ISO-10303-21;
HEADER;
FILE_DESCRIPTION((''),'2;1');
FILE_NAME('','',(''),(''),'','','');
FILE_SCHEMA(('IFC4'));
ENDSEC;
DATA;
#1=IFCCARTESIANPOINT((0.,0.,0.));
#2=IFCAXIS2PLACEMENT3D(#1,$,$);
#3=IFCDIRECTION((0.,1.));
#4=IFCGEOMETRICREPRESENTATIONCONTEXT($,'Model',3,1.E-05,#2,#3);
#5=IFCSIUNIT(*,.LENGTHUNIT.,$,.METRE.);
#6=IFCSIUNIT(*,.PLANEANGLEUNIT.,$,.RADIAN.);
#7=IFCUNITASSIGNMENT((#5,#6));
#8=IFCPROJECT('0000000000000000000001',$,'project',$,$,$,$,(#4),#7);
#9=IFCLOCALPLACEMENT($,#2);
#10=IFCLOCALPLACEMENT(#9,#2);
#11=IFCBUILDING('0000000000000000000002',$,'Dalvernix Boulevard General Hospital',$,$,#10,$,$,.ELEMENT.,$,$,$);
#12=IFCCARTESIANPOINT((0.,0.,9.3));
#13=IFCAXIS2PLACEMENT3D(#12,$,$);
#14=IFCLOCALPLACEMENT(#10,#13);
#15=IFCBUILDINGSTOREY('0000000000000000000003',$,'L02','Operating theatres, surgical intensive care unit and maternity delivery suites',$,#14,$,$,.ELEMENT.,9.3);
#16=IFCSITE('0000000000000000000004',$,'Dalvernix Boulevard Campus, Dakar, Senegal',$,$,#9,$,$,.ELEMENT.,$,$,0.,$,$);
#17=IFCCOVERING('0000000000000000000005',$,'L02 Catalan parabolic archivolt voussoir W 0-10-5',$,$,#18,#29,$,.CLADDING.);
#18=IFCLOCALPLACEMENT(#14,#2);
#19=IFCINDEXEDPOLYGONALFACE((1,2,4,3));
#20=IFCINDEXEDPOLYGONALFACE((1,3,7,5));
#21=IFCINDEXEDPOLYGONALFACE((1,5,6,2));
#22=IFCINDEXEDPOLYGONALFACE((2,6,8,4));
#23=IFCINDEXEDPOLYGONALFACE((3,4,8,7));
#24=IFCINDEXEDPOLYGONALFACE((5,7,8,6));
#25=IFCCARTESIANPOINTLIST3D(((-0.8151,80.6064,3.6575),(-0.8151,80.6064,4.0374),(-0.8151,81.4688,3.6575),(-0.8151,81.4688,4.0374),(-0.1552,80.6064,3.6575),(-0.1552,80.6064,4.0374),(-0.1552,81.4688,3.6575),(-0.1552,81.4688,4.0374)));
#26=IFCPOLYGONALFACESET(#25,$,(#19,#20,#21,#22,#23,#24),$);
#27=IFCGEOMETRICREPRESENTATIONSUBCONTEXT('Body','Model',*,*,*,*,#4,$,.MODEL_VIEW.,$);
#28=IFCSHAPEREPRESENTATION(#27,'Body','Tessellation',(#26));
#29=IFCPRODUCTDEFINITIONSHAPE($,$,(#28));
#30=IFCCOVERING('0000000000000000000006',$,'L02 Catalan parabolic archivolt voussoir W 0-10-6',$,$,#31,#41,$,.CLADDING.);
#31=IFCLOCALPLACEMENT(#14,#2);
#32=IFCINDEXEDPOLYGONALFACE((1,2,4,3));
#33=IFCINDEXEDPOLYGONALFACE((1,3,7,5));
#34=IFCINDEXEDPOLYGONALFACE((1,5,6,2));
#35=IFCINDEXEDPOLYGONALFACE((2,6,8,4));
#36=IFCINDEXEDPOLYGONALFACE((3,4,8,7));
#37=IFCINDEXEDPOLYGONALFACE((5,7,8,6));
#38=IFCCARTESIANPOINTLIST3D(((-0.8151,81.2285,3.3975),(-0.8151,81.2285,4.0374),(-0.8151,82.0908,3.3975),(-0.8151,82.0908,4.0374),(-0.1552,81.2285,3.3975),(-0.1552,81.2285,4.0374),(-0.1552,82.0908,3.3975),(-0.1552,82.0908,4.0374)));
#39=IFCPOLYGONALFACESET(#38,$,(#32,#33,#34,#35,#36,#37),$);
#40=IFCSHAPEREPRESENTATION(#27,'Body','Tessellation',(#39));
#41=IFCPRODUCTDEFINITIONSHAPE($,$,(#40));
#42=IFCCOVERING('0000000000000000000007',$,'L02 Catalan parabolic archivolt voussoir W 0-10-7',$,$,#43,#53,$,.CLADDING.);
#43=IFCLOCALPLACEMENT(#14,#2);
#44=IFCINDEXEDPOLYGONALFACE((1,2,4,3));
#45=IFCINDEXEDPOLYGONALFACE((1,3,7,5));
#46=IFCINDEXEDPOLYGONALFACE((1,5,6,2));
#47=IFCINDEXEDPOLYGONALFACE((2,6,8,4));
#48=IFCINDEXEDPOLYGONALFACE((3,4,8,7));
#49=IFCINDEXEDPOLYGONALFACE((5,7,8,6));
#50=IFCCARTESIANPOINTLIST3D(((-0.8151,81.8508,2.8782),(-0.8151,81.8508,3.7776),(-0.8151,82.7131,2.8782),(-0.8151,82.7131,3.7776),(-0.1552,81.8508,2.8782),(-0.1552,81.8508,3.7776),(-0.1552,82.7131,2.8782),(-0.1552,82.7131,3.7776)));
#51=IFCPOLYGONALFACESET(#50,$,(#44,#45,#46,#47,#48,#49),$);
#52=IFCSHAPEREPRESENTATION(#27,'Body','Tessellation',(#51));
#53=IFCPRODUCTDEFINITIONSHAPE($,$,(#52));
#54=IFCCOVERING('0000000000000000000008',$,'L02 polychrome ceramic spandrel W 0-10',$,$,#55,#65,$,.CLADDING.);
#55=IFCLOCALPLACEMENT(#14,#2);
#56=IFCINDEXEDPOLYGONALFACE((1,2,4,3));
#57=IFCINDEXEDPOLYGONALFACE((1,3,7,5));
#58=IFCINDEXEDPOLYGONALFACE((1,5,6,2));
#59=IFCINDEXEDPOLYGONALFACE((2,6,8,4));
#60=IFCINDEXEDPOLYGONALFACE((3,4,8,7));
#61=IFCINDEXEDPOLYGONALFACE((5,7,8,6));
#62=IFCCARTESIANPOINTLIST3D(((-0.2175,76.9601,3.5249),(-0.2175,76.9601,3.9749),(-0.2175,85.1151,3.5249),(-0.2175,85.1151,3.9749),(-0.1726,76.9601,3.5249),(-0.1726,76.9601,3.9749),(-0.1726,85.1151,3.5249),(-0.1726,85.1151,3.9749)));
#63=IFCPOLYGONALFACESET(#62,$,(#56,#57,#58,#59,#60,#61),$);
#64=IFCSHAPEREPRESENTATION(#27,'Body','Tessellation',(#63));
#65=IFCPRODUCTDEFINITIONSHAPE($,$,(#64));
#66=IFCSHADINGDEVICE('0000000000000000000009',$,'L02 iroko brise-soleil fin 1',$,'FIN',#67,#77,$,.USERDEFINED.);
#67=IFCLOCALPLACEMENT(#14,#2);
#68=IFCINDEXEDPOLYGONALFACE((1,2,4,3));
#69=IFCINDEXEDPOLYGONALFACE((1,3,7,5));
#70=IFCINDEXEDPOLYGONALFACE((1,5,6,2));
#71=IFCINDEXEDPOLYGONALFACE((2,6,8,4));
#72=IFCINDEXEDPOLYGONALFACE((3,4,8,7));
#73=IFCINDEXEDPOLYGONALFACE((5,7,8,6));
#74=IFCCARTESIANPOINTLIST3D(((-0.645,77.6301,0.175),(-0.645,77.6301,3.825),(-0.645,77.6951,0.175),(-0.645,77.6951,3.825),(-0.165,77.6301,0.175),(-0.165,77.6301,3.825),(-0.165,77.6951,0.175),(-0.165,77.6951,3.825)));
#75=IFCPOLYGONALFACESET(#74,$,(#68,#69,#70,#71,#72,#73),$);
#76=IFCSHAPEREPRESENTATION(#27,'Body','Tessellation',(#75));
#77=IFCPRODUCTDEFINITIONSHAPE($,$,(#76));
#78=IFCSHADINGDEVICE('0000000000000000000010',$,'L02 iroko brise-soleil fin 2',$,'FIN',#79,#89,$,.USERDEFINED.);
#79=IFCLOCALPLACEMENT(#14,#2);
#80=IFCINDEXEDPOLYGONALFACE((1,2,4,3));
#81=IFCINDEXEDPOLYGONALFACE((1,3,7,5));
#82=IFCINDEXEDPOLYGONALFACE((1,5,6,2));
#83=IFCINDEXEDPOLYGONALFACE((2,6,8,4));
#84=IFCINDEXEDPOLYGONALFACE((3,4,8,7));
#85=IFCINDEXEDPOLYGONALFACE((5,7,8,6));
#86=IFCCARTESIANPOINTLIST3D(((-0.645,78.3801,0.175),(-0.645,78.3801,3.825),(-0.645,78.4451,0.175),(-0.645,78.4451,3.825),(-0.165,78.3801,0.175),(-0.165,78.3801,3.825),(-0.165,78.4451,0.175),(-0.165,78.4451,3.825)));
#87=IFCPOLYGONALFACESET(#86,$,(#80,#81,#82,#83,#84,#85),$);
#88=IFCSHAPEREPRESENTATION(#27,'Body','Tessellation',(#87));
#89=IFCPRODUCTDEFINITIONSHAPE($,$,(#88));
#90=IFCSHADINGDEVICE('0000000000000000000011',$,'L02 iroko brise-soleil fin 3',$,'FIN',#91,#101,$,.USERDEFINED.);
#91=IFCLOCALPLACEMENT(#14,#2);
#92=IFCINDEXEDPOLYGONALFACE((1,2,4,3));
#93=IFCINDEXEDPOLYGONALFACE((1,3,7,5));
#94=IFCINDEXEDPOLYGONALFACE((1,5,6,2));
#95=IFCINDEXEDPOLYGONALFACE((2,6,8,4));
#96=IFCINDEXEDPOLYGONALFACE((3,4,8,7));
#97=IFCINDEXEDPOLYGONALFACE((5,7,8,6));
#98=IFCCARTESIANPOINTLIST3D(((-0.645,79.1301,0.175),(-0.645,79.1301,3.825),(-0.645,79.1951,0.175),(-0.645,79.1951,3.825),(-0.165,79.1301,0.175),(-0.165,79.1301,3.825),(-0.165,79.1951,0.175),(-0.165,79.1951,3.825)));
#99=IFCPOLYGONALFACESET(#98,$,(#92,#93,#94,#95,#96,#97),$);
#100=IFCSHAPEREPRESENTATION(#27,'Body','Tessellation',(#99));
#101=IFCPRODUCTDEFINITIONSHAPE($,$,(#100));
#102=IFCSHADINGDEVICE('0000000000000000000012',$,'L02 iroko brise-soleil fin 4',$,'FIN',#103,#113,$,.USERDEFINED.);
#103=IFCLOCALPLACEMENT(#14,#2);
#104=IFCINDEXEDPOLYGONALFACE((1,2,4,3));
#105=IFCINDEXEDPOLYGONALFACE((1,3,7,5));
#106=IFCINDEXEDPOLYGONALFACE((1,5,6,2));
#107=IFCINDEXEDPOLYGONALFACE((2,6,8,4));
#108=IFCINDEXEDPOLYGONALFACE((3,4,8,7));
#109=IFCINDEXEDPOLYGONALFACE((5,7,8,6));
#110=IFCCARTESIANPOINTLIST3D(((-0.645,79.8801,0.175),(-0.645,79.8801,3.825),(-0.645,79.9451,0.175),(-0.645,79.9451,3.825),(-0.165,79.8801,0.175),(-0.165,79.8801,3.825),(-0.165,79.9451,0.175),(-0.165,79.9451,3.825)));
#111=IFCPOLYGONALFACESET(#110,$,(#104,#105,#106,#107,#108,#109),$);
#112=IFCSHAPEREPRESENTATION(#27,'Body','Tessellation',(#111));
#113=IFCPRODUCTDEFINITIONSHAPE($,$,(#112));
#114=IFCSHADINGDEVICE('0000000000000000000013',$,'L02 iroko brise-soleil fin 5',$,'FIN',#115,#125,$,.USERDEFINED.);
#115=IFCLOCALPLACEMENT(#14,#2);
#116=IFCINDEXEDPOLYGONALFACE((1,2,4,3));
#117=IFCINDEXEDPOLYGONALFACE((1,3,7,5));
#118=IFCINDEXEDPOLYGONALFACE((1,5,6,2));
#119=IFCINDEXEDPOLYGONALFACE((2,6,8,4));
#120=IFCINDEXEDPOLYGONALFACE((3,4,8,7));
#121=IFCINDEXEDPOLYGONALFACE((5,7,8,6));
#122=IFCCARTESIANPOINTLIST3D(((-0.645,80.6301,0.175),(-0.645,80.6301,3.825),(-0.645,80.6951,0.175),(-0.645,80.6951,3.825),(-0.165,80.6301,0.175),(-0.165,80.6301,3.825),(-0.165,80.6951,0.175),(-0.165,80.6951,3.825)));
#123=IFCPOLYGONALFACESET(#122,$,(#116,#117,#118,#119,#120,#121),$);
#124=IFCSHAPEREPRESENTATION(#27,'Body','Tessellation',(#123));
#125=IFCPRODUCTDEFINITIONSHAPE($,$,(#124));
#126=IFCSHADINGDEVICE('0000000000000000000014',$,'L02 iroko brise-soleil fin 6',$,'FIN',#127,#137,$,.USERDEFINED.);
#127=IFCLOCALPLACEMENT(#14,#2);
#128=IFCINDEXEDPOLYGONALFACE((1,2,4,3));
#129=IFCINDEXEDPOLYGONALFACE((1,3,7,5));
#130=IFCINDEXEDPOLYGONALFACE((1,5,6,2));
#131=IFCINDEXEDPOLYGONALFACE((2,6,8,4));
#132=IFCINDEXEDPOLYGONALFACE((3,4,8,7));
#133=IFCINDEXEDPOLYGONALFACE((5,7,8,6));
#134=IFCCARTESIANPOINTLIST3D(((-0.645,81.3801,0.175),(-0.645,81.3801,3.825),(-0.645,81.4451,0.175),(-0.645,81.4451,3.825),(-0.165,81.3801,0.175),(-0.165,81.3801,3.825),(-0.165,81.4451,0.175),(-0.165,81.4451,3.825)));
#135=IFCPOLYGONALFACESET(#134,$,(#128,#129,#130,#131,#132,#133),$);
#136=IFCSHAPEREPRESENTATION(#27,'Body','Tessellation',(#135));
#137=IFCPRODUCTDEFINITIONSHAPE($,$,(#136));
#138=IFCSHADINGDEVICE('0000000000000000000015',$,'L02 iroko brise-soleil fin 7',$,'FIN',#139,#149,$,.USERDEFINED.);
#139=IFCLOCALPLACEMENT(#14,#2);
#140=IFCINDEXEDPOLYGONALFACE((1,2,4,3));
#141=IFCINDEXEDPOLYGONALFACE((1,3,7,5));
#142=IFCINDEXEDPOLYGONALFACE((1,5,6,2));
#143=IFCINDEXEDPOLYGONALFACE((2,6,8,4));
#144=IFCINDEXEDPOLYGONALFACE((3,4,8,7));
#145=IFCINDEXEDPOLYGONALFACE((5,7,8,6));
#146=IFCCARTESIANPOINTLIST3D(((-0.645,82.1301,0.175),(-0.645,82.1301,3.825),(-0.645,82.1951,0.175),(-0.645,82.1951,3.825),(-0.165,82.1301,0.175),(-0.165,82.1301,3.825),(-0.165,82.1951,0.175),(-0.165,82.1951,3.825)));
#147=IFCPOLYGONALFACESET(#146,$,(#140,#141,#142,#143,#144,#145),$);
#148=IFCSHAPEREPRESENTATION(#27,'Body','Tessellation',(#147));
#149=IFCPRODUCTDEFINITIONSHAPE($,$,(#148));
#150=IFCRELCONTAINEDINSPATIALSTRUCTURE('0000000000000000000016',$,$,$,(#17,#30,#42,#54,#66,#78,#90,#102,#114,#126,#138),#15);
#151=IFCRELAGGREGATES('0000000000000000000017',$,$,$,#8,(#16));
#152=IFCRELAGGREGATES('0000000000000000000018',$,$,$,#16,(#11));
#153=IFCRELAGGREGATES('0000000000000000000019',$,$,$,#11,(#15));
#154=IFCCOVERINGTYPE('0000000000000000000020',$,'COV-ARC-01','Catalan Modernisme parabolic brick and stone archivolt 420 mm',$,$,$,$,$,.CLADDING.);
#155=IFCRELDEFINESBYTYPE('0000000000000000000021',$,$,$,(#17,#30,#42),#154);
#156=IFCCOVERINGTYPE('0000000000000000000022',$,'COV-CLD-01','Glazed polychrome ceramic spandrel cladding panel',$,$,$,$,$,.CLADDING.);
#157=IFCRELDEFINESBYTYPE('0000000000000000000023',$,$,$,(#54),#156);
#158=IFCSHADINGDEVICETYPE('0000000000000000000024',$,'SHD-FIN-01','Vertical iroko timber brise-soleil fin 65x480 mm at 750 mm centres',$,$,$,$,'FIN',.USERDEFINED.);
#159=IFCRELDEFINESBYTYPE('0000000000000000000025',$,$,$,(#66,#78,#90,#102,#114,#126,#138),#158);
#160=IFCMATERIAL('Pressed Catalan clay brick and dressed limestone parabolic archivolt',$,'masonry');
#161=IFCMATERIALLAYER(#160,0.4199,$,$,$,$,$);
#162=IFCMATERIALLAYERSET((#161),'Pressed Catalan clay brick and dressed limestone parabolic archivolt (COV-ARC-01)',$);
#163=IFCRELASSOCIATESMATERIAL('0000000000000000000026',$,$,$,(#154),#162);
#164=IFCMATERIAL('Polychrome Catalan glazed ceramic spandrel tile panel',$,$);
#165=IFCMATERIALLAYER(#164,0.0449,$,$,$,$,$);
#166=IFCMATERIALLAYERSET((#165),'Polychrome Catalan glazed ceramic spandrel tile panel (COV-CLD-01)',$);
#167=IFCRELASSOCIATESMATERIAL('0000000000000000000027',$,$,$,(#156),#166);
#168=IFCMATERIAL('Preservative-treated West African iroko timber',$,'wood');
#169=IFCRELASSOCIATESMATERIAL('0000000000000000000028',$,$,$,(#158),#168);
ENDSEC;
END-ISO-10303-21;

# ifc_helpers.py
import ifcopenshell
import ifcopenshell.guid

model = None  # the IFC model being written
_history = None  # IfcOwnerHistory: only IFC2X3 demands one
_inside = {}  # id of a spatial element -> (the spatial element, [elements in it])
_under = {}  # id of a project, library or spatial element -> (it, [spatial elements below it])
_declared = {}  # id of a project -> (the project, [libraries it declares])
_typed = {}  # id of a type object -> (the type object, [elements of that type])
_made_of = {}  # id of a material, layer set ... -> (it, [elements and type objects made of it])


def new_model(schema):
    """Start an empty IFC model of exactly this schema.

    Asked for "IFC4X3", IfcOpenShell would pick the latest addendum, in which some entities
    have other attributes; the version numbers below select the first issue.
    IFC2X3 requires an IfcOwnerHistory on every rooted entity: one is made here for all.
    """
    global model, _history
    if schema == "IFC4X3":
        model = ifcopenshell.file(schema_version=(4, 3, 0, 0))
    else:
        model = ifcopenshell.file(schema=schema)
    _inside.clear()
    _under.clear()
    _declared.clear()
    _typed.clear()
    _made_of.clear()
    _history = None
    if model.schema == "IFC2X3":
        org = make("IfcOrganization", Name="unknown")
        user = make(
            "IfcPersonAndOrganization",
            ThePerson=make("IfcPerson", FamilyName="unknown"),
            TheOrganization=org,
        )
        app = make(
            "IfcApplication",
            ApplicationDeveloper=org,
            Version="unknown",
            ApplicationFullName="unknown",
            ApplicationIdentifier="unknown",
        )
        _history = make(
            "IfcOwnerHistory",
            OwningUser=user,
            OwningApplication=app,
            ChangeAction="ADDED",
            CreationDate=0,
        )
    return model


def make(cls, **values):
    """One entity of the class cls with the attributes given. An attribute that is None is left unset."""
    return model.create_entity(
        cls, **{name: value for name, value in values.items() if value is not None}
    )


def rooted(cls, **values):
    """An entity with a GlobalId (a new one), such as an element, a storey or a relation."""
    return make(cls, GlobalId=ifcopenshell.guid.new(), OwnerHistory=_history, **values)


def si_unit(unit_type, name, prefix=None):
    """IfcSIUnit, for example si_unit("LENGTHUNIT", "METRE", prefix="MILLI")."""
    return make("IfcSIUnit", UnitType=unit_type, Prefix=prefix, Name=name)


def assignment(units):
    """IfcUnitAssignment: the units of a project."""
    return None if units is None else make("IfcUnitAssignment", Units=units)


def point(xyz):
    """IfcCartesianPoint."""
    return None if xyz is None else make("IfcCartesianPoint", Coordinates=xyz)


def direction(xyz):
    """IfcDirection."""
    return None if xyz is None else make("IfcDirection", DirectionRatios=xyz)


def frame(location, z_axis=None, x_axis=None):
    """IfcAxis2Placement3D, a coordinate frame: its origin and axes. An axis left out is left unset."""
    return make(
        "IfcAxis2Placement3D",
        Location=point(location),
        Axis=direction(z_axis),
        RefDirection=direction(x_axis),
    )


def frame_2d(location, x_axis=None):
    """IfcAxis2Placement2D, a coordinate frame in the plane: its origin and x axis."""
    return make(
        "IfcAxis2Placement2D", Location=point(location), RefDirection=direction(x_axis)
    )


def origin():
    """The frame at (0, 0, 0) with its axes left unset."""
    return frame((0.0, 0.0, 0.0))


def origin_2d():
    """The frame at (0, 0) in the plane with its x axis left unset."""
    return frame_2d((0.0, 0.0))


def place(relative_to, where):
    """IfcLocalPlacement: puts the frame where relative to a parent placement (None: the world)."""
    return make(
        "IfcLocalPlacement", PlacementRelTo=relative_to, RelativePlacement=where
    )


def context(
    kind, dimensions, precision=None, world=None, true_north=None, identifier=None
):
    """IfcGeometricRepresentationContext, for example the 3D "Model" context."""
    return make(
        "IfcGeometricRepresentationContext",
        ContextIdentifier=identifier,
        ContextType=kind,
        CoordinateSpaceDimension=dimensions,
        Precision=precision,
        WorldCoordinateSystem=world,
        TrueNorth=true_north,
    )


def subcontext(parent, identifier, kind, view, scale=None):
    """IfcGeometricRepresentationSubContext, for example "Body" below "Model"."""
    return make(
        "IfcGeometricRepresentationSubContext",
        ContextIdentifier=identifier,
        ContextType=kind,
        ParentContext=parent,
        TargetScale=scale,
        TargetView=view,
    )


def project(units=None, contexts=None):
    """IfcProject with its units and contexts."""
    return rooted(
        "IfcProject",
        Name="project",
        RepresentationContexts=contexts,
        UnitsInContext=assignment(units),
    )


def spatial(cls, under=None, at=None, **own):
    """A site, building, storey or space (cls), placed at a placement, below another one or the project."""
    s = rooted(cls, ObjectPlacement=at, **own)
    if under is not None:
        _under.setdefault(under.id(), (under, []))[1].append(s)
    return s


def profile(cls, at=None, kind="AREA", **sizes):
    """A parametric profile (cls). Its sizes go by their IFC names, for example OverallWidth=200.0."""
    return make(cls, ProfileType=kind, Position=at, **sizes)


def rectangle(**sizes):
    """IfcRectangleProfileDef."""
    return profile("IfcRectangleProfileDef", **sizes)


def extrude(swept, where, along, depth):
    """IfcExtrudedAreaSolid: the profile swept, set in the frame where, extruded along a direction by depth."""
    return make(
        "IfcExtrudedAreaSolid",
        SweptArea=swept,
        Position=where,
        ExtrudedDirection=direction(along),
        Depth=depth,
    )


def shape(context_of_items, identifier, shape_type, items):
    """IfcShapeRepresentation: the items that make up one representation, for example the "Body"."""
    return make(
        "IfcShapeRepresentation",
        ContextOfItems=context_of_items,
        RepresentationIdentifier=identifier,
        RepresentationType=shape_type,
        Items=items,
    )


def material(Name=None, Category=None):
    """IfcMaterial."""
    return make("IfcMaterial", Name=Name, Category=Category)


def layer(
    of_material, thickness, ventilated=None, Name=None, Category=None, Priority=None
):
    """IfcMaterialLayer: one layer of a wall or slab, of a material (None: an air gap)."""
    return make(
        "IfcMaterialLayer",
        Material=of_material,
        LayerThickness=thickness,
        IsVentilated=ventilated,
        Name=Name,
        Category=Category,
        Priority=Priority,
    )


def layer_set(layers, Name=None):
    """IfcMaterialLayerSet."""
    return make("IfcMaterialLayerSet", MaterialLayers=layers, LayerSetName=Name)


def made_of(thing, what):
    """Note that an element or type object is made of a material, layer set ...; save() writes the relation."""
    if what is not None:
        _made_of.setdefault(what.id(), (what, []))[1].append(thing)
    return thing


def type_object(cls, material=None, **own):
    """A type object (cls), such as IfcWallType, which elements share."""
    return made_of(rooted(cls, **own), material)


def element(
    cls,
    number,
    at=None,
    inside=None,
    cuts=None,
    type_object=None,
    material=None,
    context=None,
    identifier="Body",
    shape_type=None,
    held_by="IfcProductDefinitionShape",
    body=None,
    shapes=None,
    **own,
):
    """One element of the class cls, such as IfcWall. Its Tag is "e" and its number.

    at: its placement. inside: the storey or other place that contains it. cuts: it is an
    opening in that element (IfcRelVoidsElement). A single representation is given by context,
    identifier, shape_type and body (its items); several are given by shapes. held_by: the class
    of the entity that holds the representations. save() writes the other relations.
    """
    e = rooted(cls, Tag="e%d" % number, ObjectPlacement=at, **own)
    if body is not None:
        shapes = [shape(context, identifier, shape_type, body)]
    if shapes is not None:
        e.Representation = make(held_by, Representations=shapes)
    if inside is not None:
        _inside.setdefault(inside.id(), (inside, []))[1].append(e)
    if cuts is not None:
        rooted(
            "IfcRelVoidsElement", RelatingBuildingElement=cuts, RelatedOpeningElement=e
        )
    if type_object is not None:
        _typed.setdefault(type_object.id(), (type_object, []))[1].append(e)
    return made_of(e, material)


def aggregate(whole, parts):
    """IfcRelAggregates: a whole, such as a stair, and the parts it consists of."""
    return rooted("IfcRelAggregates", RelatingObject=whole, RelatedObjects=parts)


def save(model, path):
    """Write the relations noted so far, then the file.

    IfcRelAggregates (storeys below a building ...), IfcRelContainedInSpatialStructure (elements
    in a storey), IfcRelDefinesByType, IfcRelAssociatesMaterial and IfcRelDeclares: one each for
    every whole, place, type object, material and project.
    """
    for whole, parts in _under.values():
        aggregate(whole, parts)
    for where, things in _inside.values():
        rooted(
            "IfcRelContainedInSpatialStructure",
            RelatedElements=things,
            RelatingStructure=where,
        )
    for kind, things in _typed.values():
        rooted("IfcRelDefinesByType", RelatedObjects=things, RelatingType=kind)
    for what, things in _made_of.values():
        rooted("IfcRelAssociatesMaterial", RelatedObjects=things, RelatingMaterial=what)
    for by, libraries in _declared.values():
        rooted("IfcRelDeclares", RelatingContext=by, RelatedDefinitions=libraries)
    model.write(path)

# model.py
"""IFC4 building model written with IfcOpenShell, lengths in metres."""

from ifc_helpers import new_model, si_unit, direction, frame, origin, origin_2d, place, context, subcontext, project, spatial, rectangle, extrude, material, layer, layer_set, type_object, element, save


model = new_model("IFC4")

# Units and contexts
model_context = context("Model", 3, precision=1e-05, world=origin(), true_north=direction((0.0, 1.0)))
body_context = subcontext(model_context, "Body", "Model", "MODEL_VIEW")
ifc_project = project(units=[si_unit("LENGTHUNIT", "METRE"), si_unit("PLANEANGLEUNIT", "RADIAN")], contexts=[model_context])

# Site, building, storey
site_placement = place(None, origin())
site = spatial("IfcSite", under=ifc_project, at=site_placement, Name="Dalvernix Boulevard Campus, Dakar, Senegal", CompositionType="ELEMENT", RefElevation=0.0)
building_placement = place(site_placement, origin())
building = spatial("IfcBuilding", under=site, at=building_placement, Name="Dalvernix Boulevard General Hospital", CompositionType="ELEMENT")
storey_placement = place(building_placement, frame((0.0, 0.0, 9.3)))
storey = spatial("IfcBuildingStorey", under=building, at=storey_placement, Name="L02", Description="Operating theatres, surgical intensive care unit and maternity delivery suites", CompositionType="ELEMENT", Elevation=9.3)

# Coverings
ifc_material_1 = material(Name="Pressed Catalan clay brick and dressed limestone parabolic archivolt", Category="masonry")
ifc_layer_1 = layer(ifc_material_1, 0.4199)
ifc_layer_set_1 = layer_set([ifc_layer_1], Name="Pressed Catalan clay brick and dressed limestone parabolic archivolt (COV-ARC-01)")
covering_type_1 = type_object("IfcCoveringType", Name="COV-ARC-01", Description="Catalan Modernisme parabolic brick and stone archivolt 420 mm", PredefinedType="CLADDING", material=ifc_layer_set_1)
covering_1_placement = place(storey_placement, frame((-0.4851, 81.0376, 3.6575), z_axis=(0.0, 0.0, 1.0), x_axis=(0.0, 1.0, 0.0)))
element("IfcCovering", 1, at=covering_1_placement, inside=storey, type_object=covering_type_1, Name="L02 Catalan parabolic archivolt voussoir W 0-10-5", PredefinedType="CLADDING", context=body_context, shape_type="SweptSolid", body=[
    extrude(rectangle(XDim=0.8623, YDim=0.6599, at=origin_2d()), origin(), (0.0, 0.0, 1.0), 0.3799),
])
covering_2_placement = place(storey_placement, frame((-0.4851, 81.6597, 3.3975), z_axis=(0.0, 0.0, 1.0), x_axis=(0.0, 1.0, 0.0)))
element("IfcCovering", 2, at=covering_2_placement, inside=storey, type_object=covering_type_1, Name="L02 Catalan parabolic archivolt voussoir W 0-10-6", PredefinedType="CLADDING", context=body_context, shape_type="SweptSolid", body=[
    extrude(rectangle(XDim=0.8623, YDim=0.6599, at=origin_2d()), origin(), (0.0, 0.0, 1.0), 0.6399),
])
covering_3_placement = place(storey_placement, frame((-0.4851, 82.282, 2.8782), z_axis=(0.0, 0.0, 1.0), x_axis=(0.0, 1.0, 0.0)))
element("IfcCovering", 3, at=covering_3_placement, inside=storey, type_object=covering_type_1, Name="L02 Catalan parabolic archivolt voussoir W 0-10-7", PredefinedType="CLADDING", context=body_context, shape_type="SweptSolid", body=[
    extrude(rectangle(XDim=0.8623, YDim=0.6599, at=origin_2d()), origin(), (0.0, 0.0, 1.0), 0.8994),
])
ifc_material_2 = material(Name="Polychrome Catalan glazed ceramic spandrel tile panel")
ifc_layer_2 = layer(ifc_material_2, 0.0449)
ifc_layer_set_2 = layer_set([ifc_layer_2], Name="Polychrome Catalan glazed ceramic spandrel tile panel (COV-CLD-01)")
covering_type_2 = type_object("IfcCoveringType", Name="COV-CLD-01", Description="Glazed polychrome ceramic spandrel cladding panel", PredefinedType="CLADDING", material=ifc_layer_set_2)
covering_4_placement = place(storey_placement, frame((-0.1951, 81.0376, 3.5249), z_axis=(0.0, 0.0, 1.0), x_axis=(0.0, 1.0, 0.0)))
element("IfcCovering", 4, at=covering_4_placement, inside=storey, type_object=covering_type_2, Name="L02 polychrome ceramic spandrel W 0-10", PredefinedType="CLADDING", context=body_context, shape_type="SweptSolid", body=[
    extrude(rectangle(XDim=8.155, YDim=0.0449, at=origin_2d()), origin(), (0.0, 0.0, 1.0), 0.45),
])

# Shading devices
ifc_material_3 = material(Name="Preservative-treated West African iroko timber", Category="wood")
shading_device_type = type_object("IfcShadingDeviceType", Name="SHD-FIN-01", Description="Vertical iroko timber brise-soleil fin 65x480 mm at 750 mm centres", ElementType="FIN", PredefinedType="USERDEFINED", material=ifc_material_3)
for number, where, z_axis, x_axis, name in (
    (5, (-0.405, 77.6626, 0.175), (0.0, 0.0, 1.0), (0.0, 1.0, 0.0), "L02 iroko brise-soleil fin 1"),
    (6, (-0.405, 78.4126, 0.175), (0.0, 0.0, 1.0), (0.0, 1.0, 0.0), "L02 iroko brise-soleil fin 2"),
    (7, (-0.405, 79.1626, 0.175), (0.0, 0.0, 1.0), (0.0, 1.0, 0.0), "L02 iroko brise-soleil fin 3"),
    (8, (-0.405, 79.9126, 0.175), (0.0, 0.0, 1.0), (0.0, 1.0, 0.0), "L02 iroko brise-soleil fin 4"),
    (9, (-0.405, 80.6626, 0.175), (0.0, 0.0, 1.0), (0.0, 1.0, 0.0), "L02 iroko brise-soleil fin 5"),
    (10, (-0.405, 81.4126, 0.175), (0.0, 0.0, 1.0), (0.0, 1.0, 0.0), "L02 iroko brise-soleil fin 6"),
    (11, (-0.405, 82.1626, 0.175), (0.0, 0.0, 1.0), (0.0, 1.0, 0.0), "L02 iroko brise-soleil fin 7"),
):
    element("IfcShadingDevice", number, at=place(storey_placement, frame(where, z_axis=z_axis, x_axis=x_axis)), inside=storey, type_object=shading_device_type, Name=name, ObjectType="FIN", PredefinedType="USERDEFINED", context=body_context, shape_type="SweptSolid", body=[
        extrude(rectangle(XDim=0.0649, YDim=0.48, at=origin_2d()), origin(), (0.0, 0.0, 1.0), 3.6499),
    ])

save(model, "model.ifc")
